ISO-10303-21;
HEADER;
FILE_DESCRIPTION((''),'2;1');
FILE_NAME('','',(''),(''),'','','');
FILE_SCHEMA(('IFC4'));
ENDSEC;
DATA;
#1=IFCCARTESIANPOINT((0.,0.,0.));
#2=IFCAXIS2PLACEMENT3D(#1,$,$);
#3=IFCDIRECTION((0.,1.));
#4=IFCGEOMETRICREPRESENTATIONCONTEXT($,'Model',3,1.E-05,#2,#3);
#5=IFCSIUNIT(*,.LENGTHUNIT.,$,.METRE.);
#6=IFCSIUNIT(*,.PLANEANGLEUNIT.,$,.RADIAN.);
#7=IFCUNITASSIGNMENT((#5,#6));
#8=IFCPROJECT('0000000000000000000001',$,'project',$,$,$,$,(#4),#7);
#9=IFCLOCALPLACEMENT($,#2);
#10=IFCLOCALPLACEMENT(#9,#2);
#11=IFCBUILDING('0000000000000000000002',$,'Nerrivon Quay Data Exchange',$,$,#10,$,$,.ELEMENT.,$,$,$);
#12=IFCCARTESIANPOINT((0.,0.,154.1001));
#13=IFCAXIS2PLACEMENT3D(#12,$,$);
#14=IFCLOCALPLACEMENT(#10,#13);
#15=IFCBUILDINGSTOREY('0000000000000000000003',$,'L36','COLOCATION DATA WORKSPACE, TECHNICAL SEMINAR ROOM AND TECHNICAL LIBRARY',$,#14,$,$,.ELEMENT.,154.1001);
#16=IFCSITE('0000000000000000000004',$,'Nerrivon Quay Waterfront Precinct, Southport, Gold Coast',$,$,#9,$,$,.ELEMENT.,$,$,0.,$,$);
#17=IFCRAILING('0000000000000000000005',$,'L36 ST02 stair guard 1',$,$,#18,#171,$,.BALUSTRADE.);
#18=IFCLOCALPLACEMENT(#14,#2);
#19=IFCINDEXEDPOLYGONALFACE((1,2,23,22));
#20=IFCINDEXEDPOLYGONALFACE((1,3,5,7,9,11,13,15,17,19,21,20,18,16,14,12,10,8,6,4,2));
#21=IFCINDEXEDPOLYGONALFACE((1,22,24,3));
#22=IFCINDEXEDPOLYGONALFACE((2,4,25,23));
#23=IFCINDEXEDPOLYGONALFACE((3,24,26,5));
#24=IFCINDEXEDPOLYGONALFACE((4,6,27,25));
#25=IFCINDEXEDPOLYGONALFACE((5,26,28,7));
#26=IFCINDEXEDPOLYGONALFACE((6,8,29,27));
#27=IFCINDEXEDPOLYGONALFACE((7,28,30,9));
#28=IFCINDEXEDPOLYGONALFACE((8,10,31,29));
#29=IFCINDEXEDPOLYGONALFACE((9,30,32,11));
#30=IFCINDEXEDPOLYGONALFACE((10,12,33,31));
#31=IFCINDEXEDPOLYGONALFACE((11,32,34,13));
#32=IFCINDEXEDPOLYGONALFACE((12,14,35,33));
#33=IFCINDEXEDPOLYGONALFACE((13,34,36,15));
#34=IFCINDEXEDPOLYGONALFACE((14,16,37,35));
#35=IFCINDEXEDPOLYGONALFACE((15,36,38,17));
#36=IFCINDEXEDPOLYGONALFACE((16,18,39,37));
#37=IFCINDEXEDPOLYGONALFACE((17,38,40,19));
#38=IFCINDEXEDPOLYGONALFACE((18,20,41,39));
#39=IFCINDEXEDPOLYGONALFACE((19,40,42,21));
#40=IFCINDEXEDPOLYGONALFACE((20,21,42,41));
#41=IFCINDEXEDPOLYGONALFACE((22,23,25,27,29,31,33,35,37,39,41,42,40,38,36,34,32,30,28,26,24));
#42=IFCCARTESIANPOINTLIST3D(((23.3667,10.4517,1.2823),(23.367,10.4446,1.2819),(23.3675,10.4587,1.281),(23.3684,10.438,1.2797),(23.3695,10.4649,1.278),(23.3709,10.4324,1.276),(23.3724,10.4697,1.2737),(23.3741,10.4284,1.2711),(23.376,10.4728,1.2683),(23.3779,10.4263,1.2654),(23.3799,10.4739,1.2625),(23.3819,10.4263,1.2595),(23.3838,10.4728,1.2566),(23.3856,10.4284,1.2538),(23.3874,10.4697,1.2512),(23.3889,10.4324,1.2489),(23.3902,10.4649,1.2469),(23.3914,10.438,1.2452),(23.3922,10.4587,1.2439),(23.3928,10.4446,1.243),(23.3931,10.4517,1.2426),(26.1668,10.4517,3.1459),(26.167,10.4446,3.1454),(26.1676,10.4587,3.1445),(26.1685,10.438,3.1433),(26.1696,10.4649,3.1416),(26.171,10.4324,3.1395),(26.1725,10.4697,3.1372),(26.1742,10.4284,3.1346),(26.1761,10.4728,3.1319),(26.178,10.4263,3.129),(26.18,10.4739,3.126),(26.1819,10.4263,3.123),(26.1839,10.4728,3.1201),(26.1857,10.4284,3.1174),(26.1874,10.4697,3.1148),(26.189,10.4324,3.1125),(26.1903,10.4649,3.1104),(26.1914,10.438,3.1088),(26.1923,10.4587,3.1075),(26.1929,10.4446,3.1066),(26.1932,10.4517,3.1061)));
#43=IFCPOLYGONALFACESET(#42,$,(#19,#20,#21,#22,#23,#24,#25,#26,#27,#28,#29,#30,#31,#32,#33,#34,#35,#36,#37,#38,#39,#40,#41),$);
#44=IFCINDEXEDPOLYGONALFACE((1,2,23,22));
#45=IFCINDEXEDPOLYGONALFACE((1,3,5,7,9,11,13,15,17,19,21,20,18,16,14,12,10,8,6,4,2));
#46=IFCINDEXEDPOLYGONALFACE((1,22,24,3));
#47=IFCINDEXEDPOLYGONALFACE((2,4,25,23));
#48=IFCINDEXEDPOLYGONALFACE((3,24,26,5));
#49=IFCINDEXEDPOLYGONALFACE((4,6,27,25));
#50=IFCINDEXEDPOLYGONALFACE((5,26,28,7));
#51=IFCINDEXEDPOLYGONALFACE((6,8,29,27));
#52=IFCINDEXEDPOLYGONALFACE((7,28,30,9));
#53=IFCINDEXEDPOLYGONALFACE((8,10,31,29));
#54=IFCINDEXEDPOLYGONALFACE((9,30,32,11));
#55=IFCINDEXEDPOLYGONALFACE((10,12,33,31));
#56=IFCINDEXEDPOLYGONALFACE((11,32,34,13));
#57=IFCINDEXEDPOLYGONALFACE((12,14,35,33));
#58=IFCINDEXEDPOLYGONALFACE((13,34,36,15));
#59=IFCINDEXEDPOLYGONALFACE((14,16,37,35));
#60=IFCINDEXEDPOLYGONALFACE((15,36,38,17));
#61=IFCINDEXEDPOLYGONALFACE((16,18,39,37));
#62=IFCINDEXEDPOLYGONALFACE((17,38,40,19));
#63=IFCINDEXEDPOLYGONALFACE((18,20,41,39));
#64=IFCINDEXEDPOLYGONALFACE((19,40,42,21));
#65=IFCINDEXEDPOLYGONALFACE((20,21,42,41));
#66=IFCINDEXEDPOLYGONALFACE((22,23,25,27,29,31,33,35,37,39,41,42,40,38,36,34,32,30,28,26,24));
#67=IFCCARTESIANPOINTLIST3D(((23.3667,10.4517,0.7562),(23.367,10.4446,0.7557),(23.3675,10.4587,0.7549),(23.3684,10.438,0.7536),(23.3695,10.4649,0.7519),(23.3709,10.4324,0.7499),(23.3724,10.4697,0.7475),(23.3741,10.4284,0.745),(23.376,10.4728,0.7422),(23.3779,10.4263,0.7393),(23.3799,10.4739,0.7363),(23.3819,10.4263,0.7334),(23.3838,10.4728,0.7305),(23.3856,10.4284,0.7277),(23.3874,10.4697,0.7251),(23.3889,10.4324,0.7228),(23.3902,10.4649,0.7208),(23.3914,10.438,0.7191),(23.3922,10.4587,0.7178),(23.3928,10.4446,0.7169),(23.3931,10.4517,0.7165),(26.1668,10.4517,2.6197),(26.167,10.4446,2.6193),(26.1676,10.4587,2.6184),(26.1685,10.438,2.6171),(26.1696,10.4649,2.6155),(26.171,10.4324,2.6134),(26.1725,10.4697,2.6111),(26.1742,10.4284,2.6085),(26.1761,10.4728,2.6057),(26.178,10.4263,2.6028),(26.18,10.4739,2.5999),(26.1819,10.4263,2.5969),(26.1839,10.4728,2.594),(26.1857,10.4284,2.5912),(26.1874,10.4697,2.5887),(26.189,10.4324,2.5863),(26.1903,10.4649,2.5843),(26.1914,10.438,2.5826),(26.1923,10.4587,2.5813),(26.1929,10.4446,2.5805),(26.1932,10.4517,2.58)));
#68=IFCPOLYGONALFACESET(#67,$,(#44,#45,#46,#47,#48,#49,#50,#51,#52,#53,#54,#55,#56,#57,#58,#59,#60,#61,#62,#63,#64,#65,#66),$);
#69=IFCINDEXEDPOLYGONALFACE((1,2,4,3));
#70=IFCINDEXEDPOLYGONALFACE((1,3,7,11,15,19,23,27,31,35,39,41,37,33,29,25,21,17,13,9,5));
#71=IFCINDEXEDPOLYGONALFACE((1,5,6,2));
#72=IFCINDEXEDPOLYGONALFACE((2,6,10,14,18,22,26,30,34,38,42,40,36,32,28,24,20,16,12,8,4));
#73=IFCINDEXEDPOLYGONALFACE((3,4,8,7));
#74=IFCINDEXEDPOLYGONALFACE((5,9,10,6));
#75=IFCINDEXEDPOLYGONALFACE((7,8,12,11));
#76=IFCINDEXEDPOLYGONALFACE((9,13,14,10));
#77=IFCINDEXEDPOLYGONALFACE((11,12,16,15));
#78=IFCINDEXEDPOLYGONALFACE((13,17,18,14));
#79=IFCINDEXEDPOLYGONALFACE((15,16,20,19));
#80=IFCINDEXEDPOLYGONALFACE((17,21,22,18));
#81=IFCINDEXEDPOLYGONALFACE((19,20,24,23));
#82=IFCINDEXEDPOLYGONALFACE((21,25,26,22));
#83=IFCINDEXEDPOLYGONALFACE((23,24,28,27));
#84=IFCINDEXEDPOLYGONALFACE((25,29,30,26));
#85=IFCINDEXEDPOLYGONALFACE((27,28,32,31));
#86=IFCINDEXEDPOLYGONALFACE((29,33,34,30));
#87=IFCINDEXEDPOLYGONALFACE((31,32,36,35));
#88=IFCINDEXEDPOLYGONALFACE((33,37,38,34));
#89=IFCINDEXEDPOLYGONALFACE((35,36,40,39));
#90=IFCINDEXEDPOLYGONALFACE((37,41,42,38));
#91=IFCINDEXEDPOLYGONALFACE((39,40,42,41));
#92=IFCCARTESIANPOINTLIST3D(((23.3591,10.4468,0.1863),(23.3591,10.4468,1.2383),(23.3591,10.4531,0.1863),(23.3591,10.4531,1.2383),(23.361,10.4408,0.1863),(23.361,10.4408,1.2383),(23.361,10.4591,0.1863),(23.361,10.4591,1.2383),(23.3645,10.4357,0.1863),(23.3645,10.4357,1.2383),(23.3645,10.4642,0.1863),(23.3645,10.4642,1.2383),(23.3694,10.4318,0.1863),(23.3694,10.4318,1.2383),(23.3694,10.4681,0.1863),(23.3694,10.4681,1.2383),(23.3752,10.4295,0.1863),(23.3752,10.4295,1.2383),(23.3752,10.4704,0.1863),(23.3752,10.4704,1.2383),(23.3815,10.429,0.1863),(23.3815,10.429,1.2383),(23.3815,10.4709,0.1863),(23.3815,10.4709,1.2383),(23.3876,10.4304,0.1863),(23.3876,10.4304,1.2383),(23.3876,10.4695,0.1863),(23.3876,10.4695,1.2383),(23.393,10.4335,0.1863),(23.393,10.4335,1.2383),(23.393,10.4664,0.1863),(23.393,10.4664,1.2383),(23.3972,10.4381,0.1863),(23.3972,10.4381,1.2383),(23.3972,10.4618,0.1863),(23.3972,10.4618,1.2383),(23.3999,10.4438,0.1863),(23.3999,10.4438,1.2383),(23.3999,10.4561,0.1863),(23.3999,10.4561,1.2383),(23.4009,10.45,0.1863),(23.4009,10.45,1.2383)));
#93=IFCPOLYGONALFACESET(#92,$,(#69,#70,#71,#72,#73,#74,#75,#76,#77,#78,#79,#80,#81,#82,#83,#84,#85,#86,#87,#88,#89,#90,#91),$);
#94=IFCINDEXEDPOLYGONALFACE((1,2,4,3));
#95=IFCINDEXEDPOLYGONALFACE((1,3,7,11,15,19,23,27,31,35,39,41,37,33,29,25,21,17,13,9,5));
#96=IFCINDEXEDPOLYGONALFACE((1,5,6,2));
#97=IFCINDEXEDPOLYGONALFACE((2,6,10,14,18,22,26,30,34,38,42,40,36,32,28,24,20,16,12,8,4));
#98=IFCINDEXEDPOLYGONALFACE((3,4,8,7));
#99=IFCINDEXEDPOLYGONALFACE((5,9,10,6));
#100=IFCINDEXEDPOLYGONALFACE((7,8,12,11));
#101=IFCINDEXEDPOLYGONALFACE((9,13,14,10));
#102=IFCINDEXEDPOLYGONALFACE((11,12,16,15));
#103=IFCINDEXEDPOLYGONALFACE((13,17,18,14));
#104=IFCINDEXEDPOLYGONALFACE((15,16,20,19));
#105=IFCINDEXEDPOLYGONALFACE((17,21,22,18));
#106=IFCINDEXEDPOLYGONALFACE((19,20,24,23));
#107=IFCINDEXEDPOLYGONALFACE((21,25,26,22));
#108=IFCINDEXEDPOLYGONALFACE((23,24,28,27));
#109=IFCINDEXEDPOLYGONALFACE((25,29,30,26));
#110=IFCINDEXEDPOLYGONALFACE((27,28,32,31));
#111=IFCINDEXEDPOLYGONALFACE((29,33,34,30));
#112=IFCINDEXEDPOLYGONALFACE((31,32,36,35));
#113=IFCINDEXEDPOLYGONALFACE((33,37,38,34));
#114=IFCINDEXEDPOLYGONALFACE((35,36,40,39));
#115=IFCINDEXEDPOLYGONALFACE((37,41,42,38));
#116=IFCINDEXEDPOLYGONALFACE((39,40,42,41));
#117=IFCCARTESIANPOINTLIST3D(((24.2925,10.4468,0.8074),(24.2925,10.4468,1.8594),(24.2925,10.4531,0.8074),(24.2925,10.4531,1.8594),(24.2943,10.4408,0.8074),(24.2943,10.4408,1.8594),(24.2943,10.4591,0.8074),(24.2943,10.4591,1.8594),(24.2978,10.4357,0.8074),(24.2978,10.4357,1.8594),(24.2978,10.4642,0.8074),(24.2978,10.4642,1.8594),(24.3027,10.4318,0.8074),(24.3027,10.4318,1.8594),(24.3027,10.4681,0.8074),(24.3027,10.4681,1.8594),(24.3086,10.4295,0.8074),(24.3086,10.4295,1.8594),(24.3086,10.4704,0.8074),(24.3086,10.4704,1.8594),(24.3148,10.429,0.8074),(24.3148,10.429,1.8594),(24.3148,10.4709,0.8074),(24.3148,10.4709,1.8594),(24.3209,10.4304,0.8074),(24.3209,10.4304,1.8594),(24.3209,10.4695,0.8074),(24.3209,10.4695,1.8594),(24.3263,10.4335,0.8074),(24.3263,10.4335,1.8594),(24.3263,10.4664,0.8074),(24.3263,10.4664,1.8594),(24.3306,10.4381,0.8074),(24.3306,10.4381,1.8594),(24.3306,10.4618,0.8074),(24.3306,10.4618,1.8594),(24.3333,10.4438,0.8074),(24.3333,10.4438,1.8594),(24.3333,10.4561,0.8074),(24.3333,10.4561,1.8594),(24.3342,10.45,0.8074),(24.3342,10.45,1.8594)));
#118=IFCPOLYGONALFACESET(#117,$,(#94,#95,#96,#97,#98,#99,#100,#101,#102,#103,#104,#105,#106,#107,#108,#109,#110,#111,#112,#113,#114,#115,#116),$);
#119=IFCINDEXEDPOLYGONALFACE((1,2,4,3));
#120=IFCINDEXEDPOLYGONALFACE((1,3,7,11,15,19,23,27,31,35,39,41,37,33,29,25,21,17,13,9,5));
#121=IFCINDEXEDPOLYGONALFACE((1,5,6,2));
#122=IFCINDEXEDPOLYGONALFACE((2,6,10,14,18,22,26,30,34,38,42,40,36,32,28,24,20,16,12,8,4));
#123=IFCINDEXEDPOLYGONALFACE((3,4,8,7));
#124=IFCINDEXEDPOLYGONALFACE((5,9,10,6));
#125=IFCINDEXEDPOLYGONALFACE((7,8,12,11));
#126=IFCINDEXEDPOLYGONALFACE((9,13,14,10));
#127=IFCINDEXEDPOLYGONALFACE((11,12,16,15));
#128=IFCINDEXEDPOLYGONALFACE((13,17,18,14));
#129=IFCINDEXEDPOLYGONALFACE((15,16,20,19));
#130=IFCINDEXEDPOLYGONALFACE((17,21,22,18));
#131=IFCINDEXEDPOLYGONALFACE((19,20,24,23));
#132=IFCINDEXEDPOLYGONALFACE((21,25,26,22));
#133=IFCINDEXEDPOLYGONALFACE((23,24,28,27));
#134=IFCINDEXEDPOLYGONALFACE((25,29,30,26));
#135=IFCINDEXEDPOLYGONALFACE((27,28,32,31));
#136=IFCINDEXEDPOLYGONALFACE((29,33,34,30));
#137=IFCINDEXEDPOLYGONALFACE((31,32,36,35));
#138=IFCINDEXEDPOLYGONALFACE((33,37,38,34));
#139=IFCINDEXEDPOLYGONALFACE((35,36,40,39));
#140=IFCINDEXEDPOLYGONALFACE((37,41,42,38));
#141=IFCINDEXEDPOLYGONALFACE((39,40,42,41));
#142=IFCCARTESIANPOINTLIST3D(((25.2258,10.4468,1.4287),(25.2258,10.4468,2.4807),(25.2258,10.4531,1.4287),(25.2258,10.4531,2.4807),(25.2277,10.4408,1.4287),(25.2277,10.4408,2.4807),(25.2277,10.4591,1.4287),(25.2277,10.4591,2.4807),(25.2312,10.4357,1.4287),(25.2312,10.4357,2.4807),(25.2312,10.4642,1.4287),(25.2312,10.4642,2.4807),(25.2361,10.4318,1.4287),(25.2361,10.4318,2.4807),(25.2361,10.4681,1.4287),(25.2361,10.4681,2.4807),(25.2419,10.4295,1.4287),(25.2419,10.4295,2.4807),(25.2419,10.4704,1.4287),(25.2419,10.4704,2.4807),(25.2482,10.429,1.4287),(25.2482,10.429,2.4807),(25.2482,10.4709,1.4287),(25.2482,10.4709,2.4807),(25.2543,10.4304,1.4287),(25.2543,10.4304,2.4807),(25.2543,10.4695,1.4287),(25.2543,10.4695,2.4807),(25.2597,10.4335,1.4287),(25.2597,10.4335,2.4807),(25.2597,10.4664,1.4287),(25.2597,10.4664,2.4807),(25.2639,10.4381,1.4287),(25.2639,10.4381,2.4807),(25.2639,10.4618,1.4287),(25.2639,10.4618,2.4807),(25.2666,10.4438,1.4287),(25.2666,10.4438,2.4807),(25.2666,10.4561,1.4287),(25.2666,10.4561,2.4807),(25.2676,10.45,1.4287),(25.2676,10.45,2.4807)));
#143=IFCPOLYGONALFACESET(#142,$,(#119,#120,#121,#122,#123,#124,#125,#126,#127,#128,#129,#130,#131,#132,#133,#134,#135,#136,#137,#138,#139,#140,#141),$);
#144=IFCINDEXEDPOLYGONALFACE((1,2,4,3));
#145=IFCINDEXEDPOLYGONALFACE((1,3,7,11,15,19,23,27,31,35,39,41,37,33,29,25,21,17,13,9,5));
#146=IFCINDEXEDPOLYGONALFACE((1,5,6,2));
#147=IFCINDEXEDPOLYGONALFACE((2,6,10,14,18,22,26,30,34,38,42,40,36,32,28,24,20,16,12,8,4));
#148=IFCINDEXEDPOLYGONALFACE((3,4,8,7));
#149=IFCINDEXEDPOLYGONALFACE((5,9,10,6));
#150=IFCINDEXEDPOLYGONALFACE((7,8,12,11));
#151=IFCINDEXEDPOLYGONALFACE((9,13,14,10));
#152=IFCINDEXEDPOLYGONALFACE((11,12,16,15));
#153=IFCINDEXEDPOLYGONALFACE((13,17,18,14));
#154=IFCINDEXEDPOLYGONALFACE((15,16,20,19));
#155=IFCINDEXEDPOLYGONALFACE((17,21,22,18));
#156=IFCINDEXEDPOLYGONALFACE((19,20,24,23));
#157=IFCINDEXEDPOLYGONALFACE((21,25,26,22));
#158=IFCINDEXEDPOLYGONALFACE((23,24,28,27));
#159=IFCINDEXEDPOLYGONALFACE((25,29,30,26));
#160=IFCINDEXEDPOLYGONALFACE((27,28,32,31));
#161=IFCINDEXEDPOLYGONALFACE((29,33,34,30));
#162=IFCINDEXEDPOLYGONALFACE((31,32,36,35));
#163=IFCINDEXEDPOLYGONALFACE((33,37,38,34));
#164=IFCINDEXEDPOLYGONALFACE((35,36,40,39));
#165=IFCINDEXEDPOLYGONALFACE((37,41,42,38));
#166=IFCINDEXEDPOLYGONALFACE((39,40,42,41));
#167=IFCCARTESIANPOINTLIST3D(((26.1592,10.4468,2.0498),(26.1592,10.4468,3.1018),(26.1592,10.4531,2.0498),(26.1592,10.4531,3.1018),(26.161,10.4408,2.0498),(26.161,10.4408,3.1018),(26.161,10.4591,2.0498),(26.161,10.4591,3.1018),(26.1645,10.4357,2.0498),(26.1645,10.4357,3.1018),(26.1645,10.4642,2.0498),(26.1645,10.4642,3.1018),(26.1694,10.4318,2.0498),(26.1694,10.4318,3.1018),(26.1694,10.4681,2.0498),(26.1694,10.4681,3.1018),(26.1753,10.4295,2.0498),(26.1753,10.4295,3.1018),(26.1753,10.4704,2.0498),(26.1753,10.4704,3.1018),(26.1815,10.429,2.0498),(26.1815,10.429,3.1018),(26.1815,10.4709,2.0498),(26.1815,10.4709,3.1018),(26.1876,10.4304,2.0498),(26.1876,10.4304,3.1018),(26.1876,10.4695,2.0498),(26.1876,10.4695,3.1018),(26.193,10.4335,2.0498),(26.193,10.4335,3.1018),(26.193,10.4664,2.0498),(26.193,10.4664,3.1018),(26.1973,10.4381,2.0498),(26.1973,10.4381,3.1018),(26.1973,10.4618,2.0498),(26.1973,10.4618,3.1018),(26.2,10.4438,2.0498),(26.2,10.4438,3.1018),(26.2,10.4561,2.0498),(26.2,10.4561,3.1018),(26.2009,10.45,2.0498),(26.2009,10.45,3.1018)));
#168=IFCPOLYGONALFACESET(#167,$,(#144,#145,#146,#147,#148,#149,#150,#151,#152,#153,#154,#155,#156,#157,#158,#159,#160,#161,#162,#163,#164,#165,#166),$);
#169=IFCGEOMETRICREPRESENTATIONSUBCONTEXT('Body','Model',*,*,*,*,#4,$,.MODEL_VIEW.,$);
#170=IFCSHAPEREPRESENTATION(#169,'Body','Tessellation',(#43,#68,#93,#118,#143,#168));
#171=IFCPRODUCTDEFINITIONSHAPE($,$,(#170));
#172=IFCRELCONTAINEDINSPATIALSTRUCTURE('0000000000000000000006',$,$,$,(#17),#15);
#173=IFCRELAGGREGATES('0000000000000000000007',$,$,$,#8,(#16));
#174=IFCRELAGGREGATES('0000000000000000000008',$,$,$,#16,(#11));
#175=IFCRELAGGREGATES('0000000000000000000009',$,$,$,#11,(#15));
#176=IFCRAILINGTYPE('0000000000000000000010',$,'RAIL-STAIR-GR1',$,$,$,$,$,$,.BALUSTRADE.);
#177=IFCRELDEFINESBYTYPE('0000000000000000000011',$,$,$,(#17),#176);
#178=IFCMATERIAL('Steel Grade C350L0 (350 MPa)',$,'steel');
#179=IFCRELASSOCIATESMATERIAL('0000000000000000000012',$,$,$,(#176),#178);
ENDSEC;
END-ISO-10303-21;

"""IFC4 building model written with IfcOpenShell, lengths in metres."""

from ifc_helpers import new_model, si_unit, direction, frame, origin, origin_2d, place, context, subcontext, project, spatial, circle, extrude, material, type_object, element, save


model = new_model("IFC4")

# Units and contexts
model_context = context("Model", 3, precision=1e-05, world=origin(), true_north=direction((0.0, 1.0)))
body_context = subcontext(model_context, "Body", "Model", "MODEL_VIEW")
ifc_project = project(units=[si_unit("LENGTHUNIT", "METRE"), si_unit("PLANEANGLEUNIT", "RADIAN")], contexts=[model_context])

# Site, building, storey
site_placement = place(None, origin())
site = spatial("IfcSite", under=ifc_project, at=site_placement, Name="Nerrivon Quay Waterfront Precinct, Southport, Gold Coast", CompositionType="ELEMENT", RefElevation=0.0)
building_placement = place(site_placement, origin())
building = spatial("IfcBuilding", under=site, at=building_placement, Name="Nerrivon Quay Data Exchange", CompositionType="ELEMENT")
storey_placement = place(building_placement, frame((0.0, 0.0, 154.1001)))
storey = spatial("IfcBuildingStorey", under=building, at=storey_placement, Name="L36", Description="COLOCATION DATA WORKSPACE, TECHNICAL SEMINAR ROOM AND TECHNICAL LIBRARY", CompositionType="ELEMENT", Elevation=154.1001)

# Railing
ifc_material_1 = material(Name="Steel Grade C350L0 (350 MPa)", Category="steel")
railing_type_1 = type_object("IfcRailingType", Name="RAIL-STAIR-GR1", PredefinedType="BALUSTRADE", material=ifc_material_1)
railing_1_placement = place(storey_placement, frame((23.3799, 10.45, 0.1863)))
element("IfcRailing", 1, at=railing_1_placement, inside=storey, type_object=railing_type_1, Name="L36 ST02 stair guard 1", PredefinedType="BALUSTRADE", context=body_context, shape_type="SweptSolid", body=[
    extrude(circle(Radius=0.0239, at=origin_2d()), frame((0.0, 0.0, 1.0762), z_axis=(0.832486, 0.0, 0.554047), x_axis=(0.0, 1.0, 0.0)), (0.0, 0.0, 1.0), 3.3635),
    extrude(circle(Radius=0.0239, at=origin_2d()), frame((0.0, 0.0, 0.55), z_axis=(0.832486, 0.0, 0.554047), x_axis=(0.0, 1.0, 0.0)), (0.0, 0.0, 1.0), 3.3635),
    extrude(circle(Radius=0.021, at=origin_2d()), origin(), (0.0, 0.0, 1.0), 1.052),
    extrude(circle(Radius=0.021, at=origin_2d()), frame((0.9333, 0.0, 0.6211)), (0.0, 0.0, 1.0), 1.052),
    extrude(circle(Radius=0.021, at=origin_2d()), frame((1.8667, 0.0, 1.2424)), (0.0, 0.0, 1.0), 1.052),
    extrude(circle(Radius=0.021, at=origin_2d()), frame((2.8, 0.0, 1.8635)), (0.0, 0.0, 1.0), 1.052),
])

save(model, "model.ifc")
